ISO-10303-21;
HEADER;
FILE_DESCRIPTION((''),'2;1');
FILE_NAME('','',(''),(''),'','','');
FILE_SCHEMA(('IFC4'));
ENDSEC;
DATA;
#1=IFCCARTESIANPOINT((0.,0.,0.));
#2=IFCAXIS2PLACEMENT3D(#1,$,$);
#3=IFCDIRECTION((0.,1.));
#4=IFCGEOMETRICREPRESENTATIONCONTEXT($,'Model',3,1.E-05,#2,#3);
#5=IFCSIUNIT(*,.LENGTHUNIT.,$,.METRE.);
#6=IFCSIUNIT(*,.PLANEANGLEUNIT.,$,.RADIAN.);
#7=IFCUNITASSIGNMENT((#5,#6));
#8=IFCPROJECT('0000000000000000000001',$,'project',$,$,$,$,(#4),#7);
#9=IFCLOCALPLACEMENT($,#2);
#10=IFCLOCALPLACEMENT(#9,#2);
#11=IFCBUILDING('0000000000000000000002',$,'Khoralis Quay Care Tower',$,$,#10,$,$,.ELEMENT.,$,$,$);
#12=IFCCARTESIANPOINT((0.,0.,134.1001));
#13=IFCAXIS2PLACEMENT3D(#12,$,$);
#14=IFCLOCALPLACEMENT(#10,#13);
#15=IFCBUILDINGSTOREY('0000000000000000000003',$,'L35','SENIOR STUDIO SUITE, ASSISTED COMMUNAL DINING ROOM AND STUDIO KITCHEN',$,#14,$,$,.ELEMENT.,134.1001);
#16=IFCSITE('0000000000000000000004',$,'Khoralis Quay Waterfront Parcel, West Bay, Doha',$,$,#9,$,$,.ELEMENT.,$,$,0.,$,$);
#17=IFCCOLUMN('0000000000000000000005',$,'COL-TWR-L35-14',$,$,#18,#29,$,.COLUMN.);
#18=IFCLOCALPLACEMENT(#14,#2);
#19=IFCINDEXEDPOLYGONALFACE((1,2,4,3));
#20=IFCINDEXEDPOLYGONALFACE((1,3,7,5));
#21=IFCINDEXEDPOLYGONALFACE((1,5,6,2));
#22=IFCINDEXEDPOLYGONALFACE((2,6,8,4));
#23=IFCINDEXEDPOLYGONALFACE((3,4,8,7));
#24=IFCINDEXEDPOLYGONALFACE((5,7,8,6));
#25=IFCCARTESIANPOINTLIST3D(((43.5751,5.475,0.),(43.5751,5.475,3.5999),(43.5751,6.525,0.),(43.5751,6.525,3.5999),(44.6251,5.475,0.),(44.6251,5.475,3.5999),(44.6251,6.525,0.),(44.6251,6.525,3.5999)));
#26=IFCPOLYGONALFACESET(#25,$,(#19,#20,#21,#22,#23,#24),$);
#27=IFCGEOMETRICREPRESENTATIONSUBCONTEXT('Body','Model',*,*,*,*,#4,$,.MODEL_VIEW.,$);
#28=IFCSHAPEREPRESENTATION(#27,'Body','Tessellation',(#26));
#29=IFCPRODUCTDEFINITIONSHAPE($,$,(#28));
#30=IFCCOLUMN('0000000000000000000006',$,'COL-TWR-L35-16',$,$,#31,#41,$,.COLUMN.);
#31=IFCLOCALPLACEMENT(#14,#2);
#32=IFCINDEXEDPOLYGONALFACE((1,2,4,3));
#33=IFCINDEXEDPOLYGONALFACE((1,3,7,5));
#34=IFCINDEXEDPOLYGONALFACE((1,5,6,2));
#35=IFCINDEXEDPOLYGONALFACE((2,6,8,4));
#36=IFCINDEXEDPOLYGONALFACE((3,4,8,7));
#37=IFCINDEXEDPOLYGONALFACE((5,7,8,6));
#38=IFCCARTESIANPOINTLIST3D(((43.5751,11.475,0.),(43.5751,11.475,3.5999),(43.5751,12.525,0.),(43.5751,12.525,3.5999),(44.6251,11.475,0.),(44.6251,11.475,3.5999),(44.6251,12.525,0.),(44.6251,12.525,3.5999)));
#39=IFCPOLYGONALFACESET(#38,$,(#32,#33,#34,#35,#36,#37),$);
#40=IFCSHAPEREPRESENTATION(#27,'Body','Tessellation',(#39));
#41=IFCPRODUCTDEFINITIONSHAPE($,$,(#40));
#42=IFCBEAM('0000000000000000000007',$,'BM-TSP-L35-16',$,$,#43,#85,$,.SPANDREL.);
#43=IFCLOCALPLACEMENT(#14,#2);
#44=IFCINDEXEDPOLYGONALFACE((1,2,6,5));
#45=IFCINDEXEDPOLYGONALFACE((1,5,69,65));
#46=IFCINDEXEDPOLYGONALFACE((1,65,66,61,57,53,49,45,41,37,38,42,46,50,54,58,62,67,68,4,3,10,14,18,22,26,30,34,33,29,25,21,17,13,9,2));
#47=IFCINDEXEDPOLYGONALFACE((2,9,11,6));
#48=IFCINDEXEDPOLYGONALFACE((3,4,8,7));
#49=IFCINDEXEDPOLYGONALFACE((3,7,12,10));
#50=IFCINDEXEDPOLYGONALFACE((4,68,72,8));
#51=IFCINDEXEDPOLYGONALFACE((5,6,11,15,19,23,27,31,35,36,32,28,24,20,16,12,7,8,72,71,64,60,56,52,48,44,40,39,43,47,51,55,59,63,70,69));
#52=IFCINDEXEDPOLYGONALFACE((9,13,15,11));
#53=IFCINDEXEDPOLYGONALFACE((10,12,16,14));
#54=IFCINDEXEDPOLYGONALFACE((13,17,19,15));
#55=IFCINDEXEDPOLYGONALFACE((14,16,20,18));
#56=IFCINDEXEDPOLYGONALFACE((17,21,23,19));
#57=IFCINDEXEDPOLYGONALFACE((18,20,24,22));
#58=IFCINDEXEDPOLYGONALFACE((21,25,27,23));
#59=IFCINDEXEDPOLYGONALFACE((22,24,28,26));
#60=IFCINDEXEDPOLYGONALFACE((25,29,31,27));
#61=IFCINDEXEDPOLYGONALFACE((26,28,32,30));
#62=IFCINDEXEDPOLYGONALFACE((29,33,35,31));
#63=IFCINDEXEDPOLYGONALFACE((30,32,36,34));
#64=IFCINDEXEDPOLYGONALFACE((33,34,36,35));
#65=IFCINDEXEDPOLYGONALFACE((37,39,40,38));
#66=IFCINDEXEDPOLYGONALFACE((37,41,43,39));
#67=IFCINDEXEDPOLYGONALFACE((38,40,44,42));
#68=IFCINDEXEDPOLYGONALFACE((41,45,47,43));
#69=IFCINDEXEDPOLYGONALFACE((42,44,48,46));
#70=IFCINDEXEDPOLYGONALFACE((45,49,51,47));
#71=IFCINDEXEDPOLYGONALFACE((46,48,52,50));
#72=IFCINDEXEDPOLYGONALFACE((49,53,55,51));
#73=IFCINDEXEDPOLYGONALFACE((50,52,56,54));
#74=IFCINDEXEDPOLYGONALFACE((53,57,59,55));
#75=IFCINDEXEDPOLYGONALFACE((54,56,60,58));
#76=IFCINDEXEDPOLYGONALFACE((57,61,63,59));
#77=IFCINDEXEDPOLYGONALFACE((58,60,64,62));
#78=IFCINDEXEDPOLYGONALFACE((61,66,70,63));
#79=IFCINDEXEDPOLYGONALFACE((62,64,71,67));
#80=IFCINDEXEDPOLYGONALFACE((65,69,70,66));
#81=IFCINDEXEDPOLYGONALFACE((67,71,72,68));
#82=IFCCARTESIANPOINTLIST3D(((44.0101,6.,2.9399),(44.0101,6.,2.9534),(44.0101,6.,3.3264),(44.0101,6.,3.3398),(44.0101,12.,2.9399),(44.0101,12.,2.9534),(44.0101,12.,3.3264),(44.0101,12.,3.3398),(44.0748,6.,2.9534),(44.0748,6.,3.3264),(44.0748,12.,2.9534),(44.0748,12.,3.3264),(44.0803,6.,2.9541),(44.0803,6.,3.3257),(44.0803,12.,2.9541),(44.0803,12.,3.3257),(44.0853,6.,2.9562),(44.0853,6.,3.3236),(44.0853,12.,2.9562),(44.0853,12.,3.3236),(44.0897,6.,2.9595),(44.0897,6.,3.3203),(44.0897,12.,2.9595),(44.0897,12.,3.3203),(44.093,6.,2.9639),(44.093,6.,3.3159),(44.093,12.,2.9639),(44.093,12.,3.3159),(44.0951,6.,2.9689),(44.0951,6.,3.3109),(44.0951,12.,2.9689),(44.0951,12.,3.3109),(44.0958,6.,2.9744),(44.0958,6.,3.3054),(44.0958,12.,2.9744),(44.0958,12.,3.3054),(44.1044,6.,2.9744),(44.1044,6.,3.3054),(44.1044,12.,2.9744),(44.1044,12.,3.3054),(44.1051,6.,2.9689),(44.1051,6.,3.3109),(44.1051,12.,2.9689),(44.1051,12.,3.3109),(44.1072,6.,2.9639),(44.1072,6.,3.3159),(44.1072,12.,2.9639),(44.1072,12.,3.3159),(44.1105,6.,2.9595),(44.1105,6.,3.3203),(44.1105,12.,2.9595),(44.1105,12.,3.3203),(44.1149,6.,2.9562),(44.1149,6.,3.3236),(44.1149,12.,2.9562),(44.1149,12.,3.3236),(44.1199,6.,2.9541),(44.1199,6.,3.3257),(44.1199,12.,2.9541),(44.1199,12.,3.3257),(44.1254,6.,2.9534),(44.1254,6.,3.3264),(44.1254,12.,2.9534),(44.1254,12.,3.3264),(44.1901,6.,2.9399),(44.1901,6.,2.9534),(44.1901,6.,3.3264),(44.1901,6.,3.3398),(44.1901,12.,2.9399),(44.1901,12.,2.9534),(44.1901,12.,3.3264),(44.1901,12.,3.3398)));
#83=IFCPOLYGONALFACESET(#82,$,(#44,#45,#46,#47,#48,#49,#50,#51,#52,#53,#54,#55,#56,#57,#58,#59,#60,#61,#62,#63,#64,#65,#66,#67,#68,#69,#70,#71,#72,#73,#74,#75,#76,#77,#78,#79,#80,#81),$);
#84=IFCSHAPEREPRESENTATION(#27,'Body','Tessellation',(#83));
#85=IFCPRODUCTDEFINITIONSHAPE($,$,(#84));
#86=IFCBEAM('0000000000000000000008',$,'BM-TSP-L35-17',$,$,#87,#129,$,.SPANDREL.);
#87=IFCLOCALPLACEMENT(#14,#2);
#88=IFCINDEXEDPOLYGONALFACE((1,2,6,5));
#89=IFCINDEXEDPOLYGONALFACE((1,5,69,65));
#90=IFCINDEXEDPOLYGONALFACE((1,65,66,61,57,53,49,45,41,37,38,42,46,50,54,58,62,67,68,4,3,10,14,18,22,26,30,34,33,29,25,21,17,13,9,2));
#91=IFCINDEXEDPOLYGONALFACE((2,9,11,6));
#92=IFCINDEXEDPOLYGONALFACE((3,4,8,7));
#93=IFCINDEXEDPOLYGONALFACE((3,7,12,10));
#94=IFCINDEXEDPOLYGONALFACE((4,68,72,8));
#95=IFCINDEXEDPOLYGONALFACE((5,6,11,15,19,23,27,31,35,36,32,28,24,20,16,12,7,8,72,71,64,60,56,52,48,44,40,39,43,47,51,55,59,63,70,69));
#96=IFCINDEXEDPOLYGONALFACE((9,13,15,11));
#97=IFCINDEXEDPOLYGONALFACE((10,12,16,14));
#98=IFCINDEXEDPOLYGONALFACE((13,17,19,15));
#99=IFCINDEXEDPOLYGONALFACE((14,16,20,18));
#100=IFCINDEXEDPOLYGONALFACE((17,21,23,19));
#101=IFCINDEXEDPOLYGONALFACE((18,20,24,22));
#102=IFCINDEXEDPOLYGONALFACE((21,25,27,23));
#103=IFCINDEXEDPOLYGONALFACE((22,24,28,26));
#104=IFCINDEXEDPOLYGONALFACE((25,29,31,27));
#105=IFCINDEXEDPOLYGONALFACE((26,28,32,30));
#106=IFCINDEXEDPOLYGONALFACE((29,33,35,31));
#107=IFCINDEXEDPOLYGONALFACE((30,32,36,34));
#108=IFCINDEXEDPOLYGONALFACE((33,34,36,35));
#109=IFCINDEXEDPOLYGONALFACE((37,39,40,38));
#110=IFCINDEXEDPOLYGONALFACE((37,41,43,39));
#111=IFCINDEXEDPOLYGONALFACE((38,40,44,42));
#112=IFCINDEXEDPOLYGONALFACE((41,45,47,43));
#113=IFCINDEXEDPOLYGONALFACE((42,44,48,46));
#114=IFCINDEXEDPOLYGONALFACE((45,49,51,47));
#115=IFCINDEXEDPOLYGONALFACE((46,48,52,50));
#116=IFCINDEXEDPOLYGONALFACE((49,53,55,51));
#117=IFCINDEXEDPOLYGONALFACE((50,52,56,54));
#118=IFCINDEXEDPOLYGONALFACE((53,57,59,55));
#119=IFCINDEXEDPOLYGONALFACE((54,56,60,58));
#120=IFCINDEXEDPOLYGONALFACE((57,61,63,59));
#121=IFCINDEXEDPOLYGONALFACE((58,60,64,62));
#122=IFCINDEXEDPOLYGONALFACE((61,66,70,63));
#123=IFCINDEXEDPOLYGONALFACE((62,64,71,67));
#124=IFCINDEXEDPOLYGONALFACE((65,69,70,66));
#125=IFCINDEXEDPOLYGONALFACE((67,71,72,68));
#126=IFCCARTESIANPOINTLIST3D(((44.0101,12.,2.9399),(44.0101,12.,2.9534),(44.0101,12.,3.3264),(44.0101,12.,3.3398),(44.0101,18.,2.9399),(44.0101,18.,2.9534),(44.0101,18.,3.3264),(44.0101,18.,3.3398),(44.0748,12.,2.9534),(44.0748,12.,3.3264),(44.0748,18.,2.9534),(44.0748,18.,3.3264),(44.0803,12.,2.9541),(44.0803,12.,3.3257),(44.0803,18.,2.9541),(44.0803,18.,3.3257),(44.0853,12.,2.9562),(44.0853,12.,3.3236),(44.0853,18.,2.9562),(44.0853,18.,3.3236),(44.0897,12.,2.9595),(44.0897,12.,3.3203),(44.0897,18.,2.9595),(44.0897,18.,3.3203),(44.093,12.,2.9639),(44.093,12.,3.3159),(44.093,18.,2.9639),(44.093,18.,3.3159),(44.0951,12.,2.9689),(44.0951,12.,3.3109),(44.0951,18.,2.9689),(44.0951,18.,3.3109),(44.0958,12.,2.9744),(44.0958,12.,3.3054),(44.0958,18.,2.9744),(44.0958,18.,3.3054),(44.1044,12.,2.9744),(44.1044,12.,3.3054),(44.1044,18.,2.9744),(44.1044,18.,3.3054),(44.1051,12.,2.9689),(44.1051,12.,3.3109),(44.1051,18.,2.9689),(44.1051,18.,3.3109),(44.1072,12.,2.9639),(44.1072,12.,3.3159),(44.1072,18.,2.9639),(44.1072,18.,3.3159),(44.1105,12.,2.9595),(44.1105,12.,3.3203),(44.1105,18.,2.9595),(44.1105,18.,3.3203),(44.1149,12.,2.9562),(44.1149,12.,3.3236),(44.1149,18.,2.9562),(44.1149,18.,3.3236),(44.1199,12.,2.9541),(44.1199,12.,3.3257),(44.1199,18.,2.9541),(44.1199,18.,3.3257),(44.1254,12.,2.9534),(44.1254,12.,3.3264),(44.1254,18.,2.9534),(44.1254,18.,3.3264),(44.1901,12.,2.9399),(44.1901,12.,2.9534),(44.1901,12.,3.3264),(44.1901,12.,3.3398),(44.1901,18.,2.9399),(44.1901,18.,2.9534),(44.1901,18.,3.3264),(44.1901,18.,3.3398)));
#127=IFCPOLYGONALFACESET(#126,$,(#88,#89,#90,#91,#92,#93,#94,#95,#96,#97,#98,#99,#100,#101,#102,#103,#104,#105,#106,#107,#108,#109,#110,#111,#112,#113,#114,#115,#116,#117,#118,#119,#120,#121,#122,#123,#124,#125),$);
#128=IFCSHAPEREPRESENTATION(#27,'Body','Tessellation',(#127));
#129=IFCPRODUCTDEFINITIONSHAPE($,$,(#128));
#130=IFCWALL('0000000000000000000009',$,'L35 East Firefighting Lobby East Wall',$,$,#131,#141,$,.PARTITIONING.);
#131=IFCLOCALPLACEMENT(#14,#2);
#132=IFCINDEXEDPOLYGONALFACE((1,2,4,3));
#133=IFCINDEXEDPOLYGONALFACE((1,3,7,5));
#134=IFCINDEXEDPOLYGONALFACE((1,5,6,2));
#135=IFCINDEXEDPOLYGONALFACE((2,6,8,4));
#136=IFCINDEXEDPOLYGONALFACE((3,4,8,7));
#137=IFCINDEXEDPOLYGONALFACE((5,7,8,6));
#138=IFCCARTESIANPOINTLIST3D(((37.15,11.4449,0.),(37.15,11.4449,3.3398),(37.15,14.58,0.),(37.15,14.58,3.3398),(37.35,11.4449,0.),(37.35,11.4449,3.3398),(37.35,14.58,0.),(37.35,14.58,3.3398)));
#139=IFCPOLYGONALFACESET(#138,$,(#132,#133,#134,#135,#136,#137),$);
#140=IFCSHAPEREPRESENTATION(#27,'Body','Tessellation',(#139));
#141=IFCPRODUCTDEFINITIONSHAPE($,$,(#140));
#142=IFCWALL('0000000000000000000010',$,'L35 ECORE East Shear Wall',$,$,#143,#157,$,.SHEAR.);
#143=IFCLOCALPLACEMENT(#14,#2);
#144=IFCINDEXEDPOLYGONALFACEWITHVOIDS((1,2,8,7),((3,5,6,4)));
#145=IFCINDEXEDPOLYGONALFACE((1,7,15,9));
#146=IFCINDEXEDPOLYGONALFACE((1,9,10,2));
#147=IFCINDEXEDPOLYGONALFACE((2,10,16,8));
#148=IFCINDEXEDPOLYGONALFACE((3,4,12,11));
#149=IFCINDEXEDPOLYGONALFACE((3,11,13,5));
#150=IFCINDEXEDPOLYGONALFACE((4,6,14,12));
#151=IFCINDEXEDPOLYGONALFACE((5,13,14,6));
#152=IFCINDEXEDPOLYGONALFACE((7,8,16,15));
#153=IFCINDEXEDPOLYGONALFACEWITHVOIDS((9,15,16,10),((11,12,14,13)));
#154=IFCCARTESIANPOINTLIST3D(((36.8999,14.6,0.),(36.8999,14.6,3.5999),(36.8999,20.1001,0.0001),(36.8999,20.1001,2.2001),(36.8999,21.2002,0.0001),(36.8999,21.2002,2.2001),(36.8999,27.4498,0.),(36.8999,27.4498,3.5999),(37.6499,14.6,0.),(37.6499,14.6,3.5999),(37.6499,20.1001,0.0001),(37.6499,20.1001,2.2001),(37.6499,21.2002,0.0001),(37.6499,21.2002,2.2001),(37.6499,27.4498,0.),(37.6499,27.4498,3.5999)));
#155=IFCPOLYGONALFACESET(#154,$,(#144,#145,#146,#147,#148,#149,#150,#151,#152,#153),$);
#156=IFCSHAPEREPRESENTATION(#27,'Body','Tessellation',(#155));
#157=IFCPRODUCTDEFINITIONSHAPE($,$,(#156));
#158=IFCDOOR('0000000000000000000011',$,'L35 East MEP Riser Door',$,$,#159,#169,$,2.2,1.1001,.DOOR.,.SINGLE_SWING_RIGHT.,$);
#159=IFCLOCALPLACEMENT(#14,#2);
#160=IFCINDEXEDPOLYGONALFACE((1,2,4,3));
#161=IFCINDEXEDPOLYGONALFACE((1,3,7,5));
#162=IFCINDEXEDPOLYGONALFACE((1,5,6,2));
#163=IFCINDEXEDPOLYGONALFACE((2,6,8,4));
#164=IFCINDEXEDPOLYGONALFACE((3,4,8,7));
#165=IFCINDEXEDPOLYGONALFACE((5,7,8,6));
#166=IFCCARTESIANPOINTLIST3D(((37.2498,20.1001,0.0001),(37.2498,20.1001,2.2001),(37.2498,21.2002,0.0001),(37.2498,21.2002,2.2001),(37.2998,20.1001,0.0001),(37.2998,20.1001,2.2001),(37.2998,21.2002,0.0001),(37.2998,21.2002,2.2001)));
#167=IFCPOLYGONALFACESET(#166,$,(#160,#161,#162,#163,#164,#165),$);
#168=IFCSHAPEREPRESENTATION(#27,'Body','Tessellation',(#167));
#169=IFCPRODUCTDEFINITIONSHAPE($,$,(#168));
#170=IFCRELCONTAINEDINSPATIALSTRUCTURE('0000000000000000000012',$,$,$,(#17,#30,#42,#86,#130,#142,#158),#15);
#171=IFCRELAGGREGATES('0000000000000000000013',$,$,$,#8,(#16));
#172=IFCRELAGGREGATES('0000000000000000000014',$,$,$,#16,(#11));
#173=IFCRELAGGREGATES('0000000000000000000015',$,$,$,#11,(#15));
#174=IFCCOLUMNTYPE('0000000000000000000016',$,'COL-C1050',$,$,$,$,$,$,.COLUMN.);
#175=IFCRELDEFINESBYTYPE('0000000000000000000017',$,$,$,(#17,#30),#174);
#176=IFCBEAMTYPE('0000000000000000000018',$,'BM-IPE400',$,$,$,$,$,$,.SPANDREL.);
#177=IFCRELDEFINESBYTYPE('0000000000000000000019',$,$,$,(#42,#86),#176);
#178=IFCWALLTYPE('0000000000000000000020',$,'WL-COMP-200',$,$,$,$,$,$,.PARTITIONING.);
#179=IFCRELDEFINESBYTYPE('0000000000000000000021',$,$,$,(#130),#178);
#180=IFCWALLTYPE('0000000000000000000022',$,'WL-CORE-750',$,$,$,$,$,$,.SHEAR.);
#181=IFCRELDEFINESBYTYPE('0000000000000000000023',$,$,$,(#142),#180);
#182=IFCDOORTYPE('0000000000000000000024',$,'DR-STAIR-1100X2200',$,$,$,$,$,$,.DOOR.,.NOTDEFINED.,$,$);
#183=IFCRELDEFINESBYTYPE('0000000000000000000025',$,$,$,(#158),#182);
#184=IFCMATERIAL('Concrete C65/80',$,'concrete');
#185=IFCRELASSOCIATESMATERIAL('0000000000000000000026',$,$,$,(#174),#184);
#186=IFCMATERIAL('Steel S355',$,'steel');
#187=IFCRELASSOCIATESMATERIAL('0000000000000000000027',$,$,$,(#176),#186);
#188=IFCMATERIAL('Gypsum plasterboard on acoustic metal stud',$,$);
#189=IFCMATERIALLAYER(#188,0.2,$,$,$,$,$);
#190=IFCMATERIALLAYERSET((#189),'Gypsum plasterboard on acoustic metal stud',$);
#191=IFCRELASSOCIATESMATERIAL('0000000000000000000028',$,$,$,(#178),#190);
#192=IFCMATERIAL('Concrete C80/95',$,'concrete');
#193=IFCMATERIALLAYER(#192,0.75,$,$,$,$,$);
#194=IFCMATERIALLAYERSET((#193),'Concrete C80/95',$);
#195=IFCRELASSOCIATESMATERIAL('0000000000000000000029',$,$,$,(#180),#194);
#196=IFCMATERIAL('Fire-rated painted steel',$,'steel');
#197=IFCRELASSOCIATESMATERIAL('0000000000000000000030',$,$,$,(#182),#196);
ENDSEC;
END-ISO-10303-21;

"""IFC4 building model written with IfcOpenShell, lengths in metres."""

from ifc_helpers import new_model, si_unit, direction, frame, frame_2d, origin, origin_2d, place, context, subcontext, project, spatial, rectangle, i_section, extrude, source, transform, mapped, material, layer, layer_set, material_profile, profile_set, type_object, element, fill, save


model = new_model("IFC4")

# Units and contexts
model_context = context("Model", 3, precision=1e-05, world=origin(), true_north=direction((0.0, 1.0)))
body_context = subcontext(model_context, "Body", "Model", "MODEL_VIEW")
ifc_project = project(units=[si_unit("LENGTHUNIT", "METRE"), si_unit("PLANEANGLEUNIT", "RADIAN")], contexts=[model_context])

# Site, building, storey
site_placement = place(None, origin())
site = spatial("IfcSite", under=ifc_project, at=site_placement, Name="Khoralis Quay Waterfront Parcel, West Bay, Doha", CompositionType="ELEMENT", RefElevation=0.0)
building_placement = place(site_placement, origin())
building = spatial("IfcBuilding", under=site, at=building_placement, Name="Khoralis Quay Care Tower", CompositionType="ELEMENT")
storey_placement = place(building_placement, frame((0.0, 0.0, 134.1001)))
storey = spatial("IfcBuildingStorey", under=building, at=storey_placement, Name="L35", Description="SENIOR STUDIO SUITE, ASSISTED COMMUNAL DINING ROOM AND STUDIO KITCHEN", CompositionType="ELEMENT", Elevation=134.1001)

# Columns
ifc_material_1 = material(Name="Concrete C65/80", Category="concrete")
ifc_material_profile_1 = material_profile(ifc_material_1, rectangle(XDim=1.05, YDim=1.05, at=origin_2d()), Name="Concrete C65/80")
ifc_profile_set_1 = profile_set([ifc_material_profile_1], Name="Concrete C65/80")
column_type = type_object("IfcColumnType", Name="COL-C1050", PredefinedType="COLUMN", material=ifc_profile_set_1)
shared_shape_1 = source(origin(), body_context, "Body", "SweptSolid", [
    extrude(rectangle(XDim=1.05, YDim=1.05, at=origin_2d()), origin(), (0.0, 0.0, 1.0), 3.5999),
])
for number, where, z_axis, x_axis, name in (
    (1, (44.1001, 6.0, 0.0), (0.0, 0.0, 1.0), (1.0, 0.0, 0.0), "COL-TWR-L35-14"),
    (2, (44.1001, 12.0, 0.0), (0.0, 0.0, 1.0), (1.0, 0.0, 0.0), "COL-TWR-L35-16"),
):
    element("IfcColumn", number, at=place(storey_placement, frame(where, z_axis=z_axis, x_axis=x_axis)), inside=storey, type_object=column_type, Name=name, PredefinedType="COLUMN", context=body_context, shape_type="MappedRepresentation", body=[
        mapped(shared_shape_1, transform((0.0, 0.0, 0.0), scale=1.0)),
    ])

# Beams
ifc_material_2 = material(Name="Steel S355", Category="steel")
ifc_material_profile_2 = material_profile(ifc_material_2, i_section(OverallWidth=0.1799, OverallDepth=0.3999, WebThickness=0.0085, FlangeThickness=0.0134, FilletRadius=0.021, at=origin_2d()), Name="Steel S355")
ifc_profile_set_2 = profile_set([ifc_material_profile_2], Name="Steel S355")
beam_type = type_object("IfcBeamType", Name="BM-IPE400", PredefinedType="SPANDREL", material=ifc_profile_set_2)
shared_shape_2 = source(origin(), body_context, "Body", "SweptSolid", [
    extrude(i_section(OverallWidth=0.1799, OverallDepth=0.3999, WebThickness=0.0085, FlangeThickness=0.0134, FilletRadius=0.021, at=origin_2d()), origin(), (0.0, 0.0, 1.0), 6.0),
])
for number, where, z_axis, x_axis, name in (
    (3, (44.1001, 6.0, 3.1399), (0.0, 1.0, 0.0), (-1.0, 0.0, 0.0), "BM-TSP-L35-16"),
    (4, (44.1001, 12.0, 3.1399), (0.0, 1.0, 0.0), (-1.0, 0.0, 0.0), "BM-TSP-L35-17"),
):
    element("IfcBeam", number, at=place(storey_placement, frame(where, z_axis=z_axis, x_axis=x_axis)), inside=storey, type_object=beam_type, Name=name, PredefinedType="SPANDREL", context=body_context, shape_type="MappedRepresentation", body=[
        mapped(shared_shape_2, transform((0.0, 0.0, 0.0), scale=1.0)),
    ])

# Wall
ifc_material_3 = material(Name="Gypsum plasterboard on acoustic metal stud")
ifc_layer_1 = layer(ifc_material_3, 0.2)
ifc_layer_set_1 = layer_set([ifc_layer_1], Name="Gypsum plasterboard on acoustic metal stud")
wall_type_1 = type_object("IfcWallType", Name="WL-COMP-200", PredefinedType="PARTITIONING", material=ifc_layer_set_1)
wall_1_placement = place(storey_placement, frame((37.25, 11.4451, 0.0), z_axis=(0.0, 0.0, 1.0), x_axis=(0.0, 1.0, 0.0)))
element("IfcWall", 5, at=wall_1_placement, inside=storey, type_object=wall_type_1, Name="L35 East Firefighting Lobby East Wall", PredefinedType="PARTITIONING", context=body_context, shape_type="SweptSolid", body=[
    extrude(rectangle(XDim=3.135, YDim=0.2, at=frame_2d((1.5674, 0.0))), origin(), (0.0, 0.0, 1.0), 3.3398),
])

# Wall, opening, door
ifc_material_4 = material(Name="Concrete C80/95", Category="concrete")
ifc_layer_2 = layer(ifc_material_4, 0.75)
ifc_layer_set_2 = layer_set([ifc_layer_2], Name="Concrete C80/95")
wall_type_2 = type_object("IfcWallType", Name="WL-CORE-750", PredefinedType="SHEAR", material=ifc_layer_set_2)
wall_2_placement = place(storey_placement, frame((37.2749, 14.6001, 0.0), z_axis=(0.0, 0.0, 1.0), x_axis=(0.0, 1.0, 0.0)))
wall_2 = element("IfcWall", 6, at=wall_2_placement, inside=storey, type_object=wall_type_2, Name="L35 ECORE East Shear Wall", PredefinedType="SHEAR", context=body_context, shape_type="SweptSolid", body=[
    extrude(rectangle(XDim=12.8499, YDim=0.75, at=frame_2d((6.4248, 0.0))), origin(), (0.0, 0.0, 1.0), 3.5999),
])
opening_1_placement = place(wall_2_placement, frame((5.5, 0.0, 0.0)))
opening_1 = element("IfcOpeningElement", 7, at=opening_1_placement, cuts=wall_2, PredefinedType="OPENING", context=body_context, shape_type="SweptSolid", body=[
    extrude(rectangle(XDim=1.1001, YDim=2.2, at=frame_2d((0.55, 1.1001))), frame((0.0, 0.385, 0.0), z_axis=(0.0, -1.0, 0.0), x_axis=(1.0, 0.0, 0.0)), (0.0, 0.0, 1.0), 0.77),
])
ifc_material_5 = material(Name="Fire-rated painted steel", Category="steel")
door_type_1 = type_object("IfcDoorType", Name="DR-STAIR-1100X2200", OperationType="NOTDEFINED", PredefinedType="DOOR", material=ifc_material_5)
shared_shape_3 = source(origin(), body_context, "Body", "SweptSolid", [
    extrude(rectangle(XDim=1.1001, YDim=2.2, at=frame_2d((0.55, 1.1001))), frame((0.0, 0.0249, 0.0), z_axis=(0.0, -1.0, 0.0), x_axis=(1.0, 0.0, 0.0)), (0.0, 0.0, 1.0), 0.05),
])
door_1_placement = place(opening_1_placement, frame((1.1001, 0.0, 0.0), z_axis=(0.0, 0.0, 1.0), x_axis=(-1.0, 0.0, 0.0)))
door_1 = element("IfcDoor", 8, at=door_1_placement, inside=storey, type_object=door_type_1, Name="L35 East MEP Riser Door", OperationType="SINGLE_SWING_RIGHT", OverallHeight=2.2, OverallWidth=1.1001, PredefinedType="DOOR", context=body_context, shape_type="MappedRepresentation", body=[
    mapped(shared_shape_3, transform((0.0, 0.0, 0.0), scale=1.0)),
])
fill(opening_1, door_1)

save(model, "model.ifc")
